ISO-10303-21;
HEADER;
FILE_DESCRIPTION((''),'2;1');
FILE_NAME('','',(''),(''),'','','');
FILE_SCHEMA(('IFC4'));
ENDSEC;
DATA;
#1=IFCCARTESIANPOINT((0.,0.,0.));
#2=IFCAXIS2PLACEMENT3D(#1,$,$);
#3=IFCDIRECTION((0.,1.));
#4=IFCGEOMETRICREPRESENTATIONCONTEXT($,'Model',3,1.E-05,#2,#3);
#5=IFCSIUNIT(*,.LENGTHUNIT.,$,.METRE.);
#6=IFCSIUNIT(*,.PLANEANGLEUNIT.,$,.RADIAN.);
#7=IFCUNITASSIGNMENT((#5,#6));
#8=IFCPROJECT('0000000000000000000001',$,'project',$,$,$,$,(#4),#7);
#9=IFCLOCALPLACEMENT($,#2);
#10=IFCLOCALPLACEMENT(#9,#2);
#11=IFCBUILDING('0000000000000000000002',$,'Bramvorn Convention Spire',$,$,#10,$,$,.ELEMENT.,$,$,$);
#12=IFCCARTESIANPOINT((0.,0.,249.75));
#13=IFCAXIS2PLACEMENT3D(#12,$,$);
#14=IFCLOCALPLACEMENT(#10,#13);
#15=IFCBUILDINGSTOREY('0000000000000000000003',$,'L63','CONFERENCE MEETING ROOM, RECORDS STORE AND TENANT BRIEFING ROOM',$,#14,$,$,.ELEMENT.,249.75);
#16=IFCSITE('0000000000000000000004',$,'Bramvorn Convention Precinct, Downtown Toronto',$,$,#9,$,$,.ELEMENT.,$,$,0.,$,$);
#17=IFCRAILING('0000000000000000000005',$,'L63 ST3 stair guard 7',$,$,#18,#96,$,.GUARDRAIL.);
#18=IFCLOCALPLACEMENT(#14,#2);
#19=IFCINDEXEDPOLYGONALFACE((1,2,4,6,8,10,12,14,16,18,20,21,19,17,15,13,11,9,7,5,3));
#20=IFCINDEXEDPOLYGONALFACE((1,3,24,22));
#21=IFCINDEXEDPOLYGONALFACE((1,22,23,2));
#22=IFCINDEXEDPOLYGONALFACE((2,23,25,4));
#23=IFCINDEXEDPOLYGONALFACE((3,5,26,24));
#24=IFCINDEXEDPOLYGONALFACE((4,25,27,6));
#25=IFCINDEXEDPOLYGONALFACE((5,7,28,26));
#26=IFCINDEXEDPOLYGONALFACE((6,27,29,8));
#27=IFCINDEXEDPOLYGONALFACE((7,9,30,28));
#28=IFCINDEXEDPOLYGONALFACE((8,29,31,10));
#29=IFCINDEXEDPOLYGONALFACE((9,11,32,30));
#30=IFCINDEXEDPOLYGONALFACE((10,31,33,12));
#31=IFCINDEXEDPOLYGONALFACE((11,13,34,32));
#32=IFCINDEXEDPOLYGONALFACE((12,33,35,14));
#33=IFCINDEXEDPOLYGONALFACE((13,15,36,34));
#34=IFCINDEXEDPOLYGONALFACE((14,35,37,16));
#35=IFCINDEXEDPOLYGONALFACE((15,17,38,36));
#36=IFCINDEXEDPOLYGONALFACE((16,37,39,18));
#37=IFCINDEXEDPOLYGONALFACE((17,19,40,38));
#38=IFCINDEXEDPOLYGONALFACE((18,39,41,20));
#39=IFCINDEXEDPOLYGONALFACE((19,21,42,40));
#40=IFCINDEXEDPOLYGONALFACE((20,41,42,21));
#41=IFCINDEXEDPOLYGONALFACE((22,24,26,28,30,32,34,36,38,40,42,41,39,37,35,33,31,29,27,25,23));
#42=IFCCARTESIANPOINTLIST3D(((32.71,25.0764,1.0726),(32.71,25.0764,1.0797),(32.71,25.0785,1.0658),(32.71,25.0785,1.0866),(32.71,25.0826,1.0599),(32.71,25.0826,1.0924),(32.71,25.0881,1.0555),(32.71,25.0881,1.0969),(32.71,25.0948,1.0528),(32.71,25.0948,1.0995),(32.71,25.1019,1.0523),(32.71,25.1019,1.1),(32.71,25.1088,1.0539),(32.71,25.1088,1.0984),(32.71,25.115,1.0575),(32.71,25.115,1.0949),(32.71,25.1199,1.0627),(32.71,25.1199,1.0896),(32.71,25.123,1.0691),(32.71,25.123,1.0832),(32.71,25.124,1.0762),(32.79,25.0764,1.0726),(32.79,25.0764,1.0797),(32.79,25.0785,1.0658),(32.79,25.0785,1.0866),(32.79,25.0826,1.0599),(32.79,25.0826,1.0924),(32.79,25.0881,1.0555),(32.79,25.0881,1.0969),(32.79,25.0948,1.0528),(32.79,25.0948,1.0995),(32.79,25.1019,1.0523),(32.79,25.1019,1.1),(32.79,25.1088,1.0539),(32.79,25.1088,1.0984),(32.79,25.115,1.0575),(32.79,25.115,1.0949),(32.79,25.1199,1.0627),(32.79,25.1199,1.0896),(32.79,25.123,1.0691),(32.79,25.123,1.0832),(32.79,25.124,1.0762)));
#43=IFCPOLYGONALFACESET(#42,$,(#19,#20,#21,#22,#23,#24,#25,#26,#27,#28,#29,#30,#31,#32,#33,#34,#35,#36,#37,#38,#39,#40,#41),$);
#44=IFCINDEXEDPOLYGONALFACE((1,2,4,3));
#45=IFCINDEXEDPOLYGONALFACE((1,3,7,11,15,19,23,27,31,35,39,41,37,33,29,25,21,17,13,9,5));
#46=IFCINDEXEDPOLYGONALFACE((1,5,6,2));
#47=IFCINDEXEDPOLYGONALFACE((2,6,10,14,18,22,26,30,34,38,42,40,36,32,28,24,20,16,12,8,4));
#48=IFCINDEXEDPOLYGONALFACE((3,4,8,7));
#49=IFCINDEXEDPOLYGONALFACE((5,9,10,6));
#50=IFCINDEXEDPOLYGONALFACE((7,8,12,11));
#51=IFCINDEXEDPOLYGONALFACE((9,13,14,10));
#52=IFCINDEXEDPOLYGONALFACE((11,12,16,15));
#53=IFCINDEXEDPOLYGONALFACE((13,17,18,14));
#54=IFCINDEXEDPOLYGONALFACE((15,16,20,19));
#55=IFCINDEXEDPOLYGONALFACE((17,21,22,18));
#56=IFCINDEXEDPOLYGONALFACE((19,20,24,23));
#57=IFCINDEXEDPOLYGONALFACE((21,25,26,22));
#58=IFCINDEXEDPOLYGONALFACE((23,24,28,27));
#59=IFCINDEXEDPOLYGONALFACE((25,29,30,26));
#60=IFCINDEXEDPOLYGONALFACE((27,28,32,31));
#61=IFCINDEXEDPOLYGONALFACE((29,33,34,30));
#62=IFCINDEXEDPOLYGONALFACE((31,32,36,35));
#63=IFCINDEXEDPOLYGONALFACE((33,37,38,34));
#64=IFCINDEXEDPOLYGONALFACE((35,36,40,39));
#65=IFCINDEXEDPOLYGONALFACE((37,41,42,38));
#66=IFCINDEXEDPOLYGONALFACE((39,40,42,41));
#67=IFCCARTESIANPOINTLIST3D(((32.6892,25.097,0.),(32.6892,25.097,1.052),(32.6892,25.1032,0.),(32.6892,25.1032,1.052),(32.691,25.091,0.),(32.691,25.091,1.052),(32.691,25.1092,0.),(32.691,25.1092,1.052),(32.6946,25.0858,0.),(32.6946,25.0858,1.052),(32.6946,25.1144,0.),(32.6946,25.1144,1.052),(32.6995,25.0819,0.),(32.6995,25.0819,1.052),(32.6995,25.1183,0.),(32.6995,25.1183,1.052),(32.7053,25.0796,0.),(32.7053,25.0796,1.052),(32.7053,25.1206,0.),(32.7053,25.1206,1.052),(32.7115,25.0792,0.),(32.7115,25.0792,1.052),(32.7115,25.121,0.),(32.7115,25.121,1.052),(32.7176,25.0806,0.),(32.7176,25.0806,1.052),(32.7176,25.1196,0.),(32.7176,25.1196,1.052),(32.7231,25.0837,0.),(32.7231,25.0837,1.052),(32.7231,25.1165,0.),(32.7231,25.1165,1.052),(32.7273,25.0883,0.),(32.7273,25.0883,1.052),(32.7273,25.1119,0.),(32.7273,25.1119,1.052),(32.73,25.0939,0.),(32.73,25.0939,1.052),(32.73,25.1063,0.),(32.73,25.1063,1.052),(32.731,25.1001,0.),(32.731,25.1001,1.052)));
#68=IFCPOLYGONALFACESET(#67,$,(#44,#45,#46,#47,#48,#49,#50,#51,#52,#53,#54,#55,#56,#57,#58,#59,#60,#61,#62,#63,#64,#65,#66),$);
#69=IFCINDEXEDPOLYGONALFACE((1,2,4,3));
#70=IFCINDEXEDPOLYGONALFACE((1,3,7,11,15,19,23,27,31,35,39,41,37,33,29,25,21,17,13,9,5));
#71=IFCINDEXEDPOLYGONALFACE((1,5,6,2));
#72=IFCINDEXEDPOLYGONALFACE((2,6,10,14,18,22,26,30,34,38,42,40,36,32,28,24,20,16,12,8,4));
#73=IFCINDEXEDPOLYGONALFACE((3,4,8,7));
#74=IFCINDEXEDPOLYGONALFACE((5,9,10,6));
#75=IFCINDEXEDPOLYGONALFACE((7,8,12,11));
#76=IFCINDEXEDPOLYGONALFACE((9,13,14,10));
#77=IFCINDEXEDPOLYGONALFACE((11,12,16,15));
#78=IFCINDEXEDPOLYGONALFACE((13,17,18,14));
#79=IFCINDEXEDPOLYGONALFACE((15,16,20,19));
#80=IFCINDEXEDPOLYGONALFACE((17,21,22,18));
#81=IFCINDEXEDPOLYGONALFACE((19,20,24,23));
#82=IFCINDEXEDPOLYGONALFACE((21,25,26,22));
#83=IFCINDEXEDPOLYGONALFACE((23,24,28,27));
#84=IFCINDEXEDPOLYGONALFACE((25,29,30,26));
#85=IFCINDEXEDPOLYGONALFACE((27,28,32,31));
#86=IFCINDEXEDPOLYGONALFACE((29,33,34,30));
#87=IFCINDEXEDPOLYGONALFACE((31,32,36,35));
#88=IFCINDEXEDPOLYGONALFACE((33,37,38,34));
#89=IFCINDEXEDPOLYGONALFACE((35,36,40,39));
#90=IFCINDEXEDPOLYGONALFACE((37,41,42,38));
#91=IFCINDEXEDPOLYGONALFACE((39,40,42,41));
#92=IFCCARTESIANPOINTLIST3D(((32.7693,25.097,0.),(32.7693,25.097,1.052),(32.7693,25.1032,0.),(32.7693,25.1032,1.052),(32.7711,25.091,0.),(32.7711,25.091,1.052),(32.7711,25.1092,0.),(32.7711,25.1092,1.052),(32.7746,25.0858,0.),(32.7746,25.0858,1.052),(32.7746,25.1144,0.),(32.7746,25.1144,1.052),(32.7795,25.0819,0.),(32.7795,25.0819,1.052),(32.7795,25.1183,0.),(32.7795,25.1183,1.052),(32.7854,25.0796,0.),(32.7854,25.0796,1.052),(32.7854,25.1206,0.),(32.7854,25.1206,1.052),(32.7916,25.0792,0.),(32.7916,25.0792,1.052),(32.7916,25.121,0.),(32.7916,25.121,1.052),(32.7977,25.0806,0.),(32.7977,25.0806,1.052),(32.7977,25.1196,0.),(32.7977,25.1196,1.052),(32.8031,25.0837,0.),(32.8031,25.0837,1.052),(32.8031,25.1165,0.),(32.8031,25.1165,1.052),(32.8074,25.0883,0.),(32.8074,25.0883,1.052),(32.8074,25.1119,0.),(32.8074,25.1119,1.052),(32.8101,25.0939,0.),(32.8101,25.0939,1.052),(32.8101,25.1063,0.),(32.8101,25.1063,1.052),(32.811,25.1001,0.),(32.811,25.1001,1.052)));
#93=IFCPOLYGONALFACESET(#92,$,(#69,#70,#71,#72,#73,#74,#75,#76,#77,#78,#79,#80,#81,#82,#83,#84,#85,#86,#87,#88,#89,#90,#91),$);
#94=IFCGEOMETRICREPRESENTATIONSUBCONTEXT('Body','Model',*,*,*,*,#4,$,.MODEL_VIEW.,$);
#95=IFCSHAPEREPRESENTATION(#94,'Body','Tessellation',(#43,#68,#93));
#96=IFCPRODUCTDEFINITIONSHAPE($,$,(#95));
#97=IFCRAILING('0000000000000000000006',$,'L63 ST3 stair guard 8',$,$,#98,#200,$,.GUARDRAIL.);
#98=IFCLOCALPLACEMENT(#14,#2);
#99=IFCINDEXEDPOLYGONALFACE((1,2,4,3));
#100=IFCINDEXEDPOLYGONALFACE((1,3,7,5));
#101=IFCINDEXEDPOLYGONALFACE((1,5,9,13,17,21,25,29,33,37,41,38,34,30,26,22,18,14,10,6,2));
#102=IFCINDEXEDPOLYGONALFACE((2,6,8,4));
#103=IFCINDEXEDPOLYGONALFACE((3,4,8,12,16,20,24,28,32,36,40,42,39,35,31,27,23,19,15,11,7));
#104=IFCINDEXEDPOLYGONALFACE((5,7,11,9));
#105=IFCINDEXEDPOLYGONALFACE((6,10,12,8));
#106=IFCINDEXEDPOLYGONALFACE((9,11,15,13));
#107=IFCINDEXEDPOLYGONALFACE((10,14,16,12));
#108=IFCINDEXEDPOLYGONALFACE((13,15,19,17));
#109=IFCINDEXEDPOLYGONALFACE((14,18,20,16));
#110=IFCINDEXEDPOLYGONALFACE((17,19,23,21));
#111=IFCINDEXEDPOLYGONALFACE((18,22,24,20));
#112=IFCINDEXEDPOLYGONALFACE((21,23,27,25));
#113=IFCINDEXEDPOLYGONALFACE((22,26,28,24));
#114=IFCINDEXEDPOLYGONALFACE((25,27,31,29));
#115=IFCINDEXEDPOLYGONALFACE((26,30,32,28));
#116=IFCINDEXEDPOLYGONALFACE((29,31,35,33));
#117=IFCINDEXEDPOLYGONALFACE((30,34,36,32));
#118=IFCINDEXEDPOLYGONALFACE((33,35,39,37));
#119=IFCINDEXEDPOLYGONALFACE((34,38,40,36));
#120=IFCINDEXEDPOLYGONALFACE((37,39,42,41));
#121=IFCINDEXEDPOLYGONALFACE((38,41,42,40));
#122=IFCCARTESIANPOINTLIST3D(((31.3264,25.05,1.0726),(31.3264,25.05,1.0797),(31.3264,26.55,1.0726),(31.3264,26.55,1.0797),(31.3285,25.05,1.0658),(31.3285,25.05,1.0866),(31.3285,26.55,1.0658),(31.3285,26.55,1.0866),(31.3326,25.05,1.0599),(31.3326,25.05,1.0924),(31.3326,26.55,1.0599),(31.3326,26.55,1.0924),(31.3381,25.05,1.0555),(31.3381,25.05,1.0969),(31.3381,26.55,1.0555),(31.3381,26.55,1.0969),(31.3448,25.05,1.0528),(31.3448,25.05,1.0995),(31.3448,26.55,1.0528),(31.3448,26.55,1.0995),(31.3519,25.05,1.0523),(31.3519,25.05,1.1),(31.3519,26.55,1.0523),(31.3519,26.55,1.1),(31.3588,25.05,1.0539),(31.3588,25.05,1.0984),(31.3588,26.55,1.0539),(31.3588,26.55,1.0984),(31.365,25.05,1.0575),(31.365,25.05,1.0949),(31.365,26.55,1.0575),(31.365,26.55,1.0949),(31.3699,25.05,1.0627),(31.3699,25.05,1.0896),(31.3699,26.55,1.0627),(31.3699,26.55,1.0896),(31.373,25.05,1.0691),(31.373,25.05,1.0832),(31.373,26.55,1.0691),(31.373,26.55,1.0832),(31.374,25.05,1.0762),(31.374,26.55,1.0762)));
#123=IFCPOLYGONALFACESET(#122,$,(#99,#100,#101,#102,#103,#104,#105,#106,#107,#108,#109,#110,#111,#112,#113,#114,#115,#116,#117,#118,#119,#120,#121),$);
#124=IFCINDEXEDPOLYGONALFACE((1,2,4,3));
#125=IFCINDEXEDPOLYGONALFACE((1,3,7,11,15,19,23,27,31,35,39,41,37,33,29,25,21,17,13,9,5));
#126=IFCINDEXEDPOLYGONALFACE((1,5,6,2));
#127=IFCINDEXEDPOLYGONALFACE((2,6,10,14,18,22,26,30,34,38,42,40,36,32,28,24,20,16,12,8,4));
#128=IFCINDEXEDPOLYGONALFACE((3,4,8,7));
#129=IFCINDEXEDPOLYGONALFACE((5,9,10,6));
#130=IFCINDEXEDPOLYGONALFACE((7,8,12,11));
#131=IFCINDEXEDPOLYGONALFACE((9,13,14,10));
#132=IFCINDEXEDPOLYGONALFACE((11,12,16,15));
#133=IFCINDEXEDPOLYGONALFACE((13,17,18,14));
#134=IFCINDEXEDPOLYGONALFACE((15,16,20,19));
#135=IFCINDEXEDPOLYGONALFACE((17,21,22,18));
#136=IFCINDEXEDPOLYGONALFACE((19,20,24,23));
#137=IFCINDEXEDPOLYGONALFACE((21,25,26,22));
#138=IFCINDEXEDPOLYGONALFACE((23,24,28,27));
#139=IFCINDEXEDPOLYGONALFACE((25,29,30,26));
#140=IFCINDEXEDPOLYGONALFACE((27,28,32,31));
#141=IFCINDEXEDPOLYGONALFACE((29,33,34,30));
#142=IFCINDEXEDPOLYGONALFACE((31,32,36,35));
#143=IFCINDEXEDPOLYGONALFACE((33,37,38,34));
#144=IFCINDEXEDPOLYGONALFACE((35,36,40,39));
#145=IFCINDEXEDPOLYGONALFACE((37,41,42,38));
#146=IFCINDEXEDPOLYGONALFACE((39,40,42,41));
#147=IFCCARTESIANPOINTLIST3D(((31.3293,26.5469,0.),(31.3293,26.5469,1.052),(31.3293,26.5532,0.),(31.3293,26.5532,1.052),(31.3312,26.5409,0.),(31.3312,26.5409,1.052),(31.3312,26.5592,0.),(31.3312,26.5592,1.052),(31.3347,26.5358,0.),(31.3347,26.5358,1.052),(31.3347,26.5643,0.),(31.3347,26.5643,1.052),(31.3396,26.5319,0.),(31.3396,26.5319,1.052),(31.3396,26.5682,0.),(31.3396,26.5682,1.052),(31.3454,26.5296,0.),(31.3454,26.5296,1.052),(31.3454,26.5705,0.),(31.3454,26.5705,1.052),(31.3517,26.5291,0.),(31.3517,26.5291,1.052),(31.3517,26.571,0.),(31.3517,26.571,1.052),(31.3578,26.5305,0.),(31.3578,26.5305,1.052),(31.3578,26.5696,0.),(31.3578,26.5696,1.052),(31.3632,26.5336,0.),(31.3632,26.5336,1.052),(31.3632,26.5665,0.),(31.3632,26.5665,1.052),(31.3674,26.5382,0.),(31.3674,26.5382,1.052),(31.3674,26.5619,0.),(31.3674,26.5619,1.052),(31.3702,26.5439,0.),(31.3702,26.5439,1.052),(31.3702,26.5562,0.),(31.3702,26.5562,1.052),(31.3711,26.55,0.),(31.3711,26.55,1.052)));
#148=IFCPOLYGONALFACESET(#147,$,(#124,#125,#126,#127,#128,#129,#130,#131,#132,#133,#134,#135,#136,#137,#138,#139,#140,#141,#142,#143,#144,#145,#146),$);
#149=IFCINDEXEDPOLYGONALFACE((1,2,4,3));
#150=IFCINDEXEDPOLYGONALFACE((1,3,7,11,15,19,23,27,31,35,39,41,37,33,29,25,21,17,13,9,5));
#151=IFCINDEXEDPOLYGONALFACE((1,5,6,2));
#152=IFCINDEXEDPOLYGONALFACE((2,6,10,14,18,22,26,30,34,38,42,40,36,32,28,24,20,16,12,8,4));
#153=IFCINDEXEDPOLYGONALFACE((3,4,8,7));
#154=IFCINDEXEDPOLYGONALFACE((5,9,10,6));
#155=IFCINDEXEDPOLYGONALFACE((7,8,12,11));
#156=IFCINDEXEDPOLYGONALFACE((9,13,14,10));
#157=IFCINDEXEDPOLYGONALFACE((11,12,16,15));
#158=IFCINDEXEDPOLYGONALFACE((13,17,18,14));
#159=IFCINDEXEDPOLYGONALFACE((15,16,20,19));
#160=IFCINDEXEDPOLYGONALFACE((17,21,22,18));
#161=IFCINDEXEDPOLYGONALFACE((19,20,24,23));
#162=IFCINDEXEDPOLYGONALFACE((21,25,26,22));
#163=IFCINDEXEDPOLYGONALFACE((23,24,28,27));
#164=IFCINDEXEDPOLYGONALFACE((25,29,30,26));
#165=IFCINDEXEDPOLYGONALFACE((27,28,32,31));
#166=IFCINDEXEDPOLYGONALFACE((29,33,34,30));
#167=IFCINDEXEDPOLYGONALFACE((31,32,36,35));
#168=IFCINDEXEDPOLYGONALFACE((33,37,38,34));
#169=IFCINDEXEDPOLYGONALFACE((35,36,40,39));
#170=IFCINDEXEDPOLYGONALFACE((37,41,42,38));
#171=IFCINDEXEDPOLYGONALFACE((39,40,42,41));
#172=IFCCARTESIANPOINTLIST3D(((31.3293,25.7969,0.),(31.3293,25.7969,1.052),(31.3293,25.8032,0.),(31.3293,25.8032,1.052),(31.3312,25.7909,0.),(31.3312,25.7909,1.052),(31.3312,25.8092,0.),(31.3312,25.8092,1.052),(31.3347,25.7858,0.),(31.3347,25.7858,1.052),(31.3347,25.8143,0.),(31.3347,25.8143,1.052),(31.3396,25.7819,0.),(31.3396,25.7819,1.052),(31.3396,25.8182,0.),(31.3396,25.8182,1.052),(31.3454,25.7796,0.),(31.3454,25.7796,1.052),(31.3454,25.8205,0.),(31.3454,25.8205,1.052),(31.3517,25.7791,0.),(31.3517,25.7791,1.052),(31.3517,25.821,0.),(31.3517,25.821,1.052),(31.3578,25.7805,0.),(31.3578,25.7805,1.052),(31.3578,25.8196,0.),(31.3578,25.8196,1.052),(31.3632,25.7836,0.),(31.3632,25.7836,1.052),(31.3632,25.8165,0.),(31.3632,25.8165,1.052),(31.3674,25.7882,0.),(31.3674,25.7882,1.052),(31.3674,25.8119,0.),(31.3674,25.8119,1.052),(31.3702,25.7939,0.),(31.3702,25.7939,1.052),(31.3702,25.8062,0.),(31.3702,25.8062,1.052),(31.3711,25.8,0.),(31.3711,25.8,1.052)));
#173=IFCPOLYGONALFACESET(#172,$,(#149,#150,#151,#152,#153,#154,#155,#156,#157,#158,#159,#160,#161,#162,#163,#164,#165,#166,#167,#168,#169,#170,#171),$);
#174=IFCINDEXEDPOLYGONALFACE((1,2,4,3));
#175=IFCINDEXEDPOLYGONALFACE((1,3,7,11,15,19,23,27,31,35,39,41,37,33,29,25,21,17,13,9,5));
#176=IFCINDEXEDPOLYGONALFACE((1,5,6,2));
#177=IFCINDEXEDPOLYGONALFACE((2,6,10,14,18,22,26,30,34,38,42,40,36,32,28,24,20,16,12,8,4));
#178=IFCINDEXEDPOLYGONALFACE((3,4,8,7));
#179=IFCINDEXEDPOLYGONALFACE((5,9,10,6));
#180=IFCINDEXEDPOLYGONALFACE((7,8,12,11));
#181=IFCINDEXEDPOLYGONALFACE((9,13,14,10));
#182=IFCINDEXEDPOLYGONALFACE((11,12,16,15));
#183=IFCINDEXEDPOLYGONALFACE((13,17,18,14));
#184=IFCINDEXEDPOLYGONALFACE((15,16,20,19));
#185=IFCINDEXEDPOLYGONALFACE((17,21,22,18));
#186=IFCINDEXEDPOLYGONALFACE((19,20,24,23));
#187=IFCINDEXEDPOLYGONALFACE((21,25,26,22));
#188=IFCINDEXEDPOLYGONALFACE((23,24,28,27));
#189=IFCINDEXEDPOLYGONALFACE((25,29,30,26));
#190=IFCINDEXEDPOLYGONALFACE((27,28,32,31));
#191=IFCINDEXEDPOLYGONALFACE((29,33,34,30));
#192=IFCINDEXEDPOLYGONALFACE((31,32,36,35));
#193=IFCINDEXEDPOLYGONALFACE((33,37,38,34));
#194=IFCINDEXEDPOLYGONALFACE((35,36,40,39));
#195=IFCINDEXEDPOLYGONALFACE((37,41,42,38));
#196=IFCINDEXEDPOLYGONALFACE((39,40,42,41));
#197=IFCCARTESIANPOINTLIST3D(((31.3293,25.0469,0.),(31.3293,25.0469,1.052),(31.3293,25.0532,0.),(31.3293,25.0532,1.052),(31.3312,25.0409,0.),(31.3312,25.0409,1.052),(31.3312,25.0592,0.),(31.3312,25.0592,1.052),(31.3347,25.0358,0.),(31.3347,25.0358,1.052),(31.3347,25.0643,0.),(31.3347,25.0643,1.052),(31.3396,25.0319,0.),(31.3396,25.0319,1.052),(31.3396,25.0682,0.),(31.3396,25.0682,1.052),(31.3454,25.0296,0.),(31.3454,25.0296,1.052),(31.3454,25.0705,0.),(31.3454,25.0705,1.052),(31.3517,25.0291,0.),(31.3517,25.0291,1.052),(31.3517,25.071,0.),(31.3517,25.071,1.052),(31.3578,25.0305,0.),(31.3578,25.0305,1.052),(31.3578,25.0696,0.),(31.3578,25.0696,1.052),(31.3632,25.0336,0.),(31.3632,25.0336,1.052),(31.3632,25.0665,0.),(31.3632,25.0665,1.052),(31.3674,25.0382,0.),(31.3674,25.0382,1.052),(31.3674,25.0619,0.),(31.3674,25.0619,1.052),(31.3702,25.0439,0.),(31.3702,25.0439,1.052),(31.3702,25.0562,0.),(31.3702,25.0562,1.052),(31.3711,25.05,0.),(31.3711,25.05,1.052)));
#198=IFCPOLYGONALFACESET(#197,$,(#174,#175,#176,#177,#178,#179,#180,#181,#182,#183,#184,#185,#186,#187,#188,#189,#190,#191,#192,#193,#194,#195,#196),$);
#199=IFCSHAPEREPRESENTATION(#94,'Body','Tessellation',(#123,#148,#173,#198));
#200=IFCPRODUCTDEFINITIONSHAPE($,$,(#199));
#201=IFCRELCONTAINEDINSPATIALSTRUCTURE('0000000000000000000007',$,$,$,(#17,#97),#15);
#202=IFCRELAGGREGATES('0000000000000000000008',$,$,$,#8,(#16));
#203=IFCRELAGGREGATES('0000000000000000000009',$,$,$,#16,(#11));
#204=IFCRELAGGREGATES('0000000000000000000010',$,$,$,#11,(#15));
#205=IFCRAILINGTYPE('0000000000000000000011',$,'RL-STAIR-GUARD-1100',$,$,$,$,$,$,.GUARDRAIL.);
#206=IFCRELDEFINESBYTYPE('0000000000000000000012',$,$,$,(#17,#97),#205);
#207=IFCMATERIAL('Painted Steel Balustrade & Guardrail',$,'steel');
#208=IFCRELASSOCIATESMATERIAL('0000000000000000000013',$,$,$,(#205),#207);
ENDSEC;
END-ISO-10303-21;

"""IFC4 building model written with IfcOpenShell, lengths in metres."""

from ifc_helpers import new_model, si_unit, direction, frame, origin, origin_2d, place, context, subcontext, project, spatial, circle, extrude, material, type_object, element, save


model = new_model("IFC4")

# Units and contexts
model_context = context("Model", 3, precision=1e-05, world=origin(), true_north=direction((0.0, 1.0)))
body_context = subcontext(model_context, "Body", "Model", "MODEL_VIEW")
ifc_project = project(units=[si_unit("LENGTHUNIT", "METRE"), si_unit("PLANEANGLEUNIT", "RADIAN")], contexts=[model_context])

# Site, building, storey
site_placement = place(None, origin())
site = spatial("IfcSite", under=ifc_project, at=site_placement, Name="Bramvorn Convention Precinct, Downtown Toronto", CompositionType="ELEMENT", RefElevation=0.0)
building_placement = place(site_placement, origin())
building = spatial("IfcBuilding", under=site, at=building_placement, Name="Bramvorn Convention Spire", CompositionType="ELEMENT")
storey_placement = place(building_placement, frame((0.0, 0.0, 249.75)))
storey = spatial("IfcBuildingStorey", under=building, at=storey_placement, Name="L63", Description="CONFERENCE MEETING ROOM, RECORDS STORE AND TENANT BRIEFING ROOM", CompositionType="ELEMENT", Elevation=249.75)

# Railings
ifc_material_1 = material(Name="Painted Steel Balustrade & Guardrail", Category="steel")
railing_type_1 = type_object("IfcRailingType", Name="RL-STAIR-GUARD-1100", PredefinedType="GUARDRAIL", material=ifc_material_1)
railing_1_placement = place(storey_placement, frame((32.71, 25.1001, 0.0)))
element("IfcRailing", 1, at=railing_1_placement, inside=storey, type_object=railing_type_1, Name="L63 ST3 stair guard 7", PredefinedType="GUARDRAIL", context=body_context, shape_type="SweptSolid", body=[
    extrude(circle(Radius=0.0239, at=origin_2d()), frame((0.0, 0.0, 1.0762), z_axis=(1.0, 0.0, 0.0), x_axis=(0.0, 1.0, 0.0)), (0.0, 0.0, 1.0), 0.0801),
    extrude(circle(Radius=0.021, at=origin_2d()), origin(), (0.0, 0.0, 1.0), 1.052),
    extrude(circle(Radius=0.021, at=origin_2d()), frame((0.0801, 0.0, 0.0)), (0.0, 0.0, 1.0), 1.052),
])
for number, where, name in (
    (2, (31.3501, 26.55, 0.0), "L63 ST3 stair guard 8"),
):
    element("IfcRailing", number, at=place(storey_placement, frame(where)), inside=storey, type_object=railing_type_1, Name=name, PredefinedType="GUARDRAIL", context=body_context, shape_type="SweptSolid", body=[
        extrude(circle(Radius=0.0239, at=origin_2d()), frame((0.0, 0.0, 1.0762), z_axis=(0.0, -1.0, 0.0), x_axis=(1.0, 0.0, 0.0)), (0.0, 0.0, 1.0), 1.5),
        extrude(circle(Radius=0.021, at=origin_2d()), origin(), (0.0, 0.0, 1.0), 1.052),
        extrude(circle(Radius=0.021, at=origin_2d()), frame((0.0, -0.75, 0.0)), (0.0, 0.0, 1.0), 1.052),
        extrude(circle(Radius=0.021, at=origin_2d()), frame((0.0, -1.5, 0.0)), (0.0, 0.0, 1.0), 1.052),
    ])

save(model, "model.ifc")
